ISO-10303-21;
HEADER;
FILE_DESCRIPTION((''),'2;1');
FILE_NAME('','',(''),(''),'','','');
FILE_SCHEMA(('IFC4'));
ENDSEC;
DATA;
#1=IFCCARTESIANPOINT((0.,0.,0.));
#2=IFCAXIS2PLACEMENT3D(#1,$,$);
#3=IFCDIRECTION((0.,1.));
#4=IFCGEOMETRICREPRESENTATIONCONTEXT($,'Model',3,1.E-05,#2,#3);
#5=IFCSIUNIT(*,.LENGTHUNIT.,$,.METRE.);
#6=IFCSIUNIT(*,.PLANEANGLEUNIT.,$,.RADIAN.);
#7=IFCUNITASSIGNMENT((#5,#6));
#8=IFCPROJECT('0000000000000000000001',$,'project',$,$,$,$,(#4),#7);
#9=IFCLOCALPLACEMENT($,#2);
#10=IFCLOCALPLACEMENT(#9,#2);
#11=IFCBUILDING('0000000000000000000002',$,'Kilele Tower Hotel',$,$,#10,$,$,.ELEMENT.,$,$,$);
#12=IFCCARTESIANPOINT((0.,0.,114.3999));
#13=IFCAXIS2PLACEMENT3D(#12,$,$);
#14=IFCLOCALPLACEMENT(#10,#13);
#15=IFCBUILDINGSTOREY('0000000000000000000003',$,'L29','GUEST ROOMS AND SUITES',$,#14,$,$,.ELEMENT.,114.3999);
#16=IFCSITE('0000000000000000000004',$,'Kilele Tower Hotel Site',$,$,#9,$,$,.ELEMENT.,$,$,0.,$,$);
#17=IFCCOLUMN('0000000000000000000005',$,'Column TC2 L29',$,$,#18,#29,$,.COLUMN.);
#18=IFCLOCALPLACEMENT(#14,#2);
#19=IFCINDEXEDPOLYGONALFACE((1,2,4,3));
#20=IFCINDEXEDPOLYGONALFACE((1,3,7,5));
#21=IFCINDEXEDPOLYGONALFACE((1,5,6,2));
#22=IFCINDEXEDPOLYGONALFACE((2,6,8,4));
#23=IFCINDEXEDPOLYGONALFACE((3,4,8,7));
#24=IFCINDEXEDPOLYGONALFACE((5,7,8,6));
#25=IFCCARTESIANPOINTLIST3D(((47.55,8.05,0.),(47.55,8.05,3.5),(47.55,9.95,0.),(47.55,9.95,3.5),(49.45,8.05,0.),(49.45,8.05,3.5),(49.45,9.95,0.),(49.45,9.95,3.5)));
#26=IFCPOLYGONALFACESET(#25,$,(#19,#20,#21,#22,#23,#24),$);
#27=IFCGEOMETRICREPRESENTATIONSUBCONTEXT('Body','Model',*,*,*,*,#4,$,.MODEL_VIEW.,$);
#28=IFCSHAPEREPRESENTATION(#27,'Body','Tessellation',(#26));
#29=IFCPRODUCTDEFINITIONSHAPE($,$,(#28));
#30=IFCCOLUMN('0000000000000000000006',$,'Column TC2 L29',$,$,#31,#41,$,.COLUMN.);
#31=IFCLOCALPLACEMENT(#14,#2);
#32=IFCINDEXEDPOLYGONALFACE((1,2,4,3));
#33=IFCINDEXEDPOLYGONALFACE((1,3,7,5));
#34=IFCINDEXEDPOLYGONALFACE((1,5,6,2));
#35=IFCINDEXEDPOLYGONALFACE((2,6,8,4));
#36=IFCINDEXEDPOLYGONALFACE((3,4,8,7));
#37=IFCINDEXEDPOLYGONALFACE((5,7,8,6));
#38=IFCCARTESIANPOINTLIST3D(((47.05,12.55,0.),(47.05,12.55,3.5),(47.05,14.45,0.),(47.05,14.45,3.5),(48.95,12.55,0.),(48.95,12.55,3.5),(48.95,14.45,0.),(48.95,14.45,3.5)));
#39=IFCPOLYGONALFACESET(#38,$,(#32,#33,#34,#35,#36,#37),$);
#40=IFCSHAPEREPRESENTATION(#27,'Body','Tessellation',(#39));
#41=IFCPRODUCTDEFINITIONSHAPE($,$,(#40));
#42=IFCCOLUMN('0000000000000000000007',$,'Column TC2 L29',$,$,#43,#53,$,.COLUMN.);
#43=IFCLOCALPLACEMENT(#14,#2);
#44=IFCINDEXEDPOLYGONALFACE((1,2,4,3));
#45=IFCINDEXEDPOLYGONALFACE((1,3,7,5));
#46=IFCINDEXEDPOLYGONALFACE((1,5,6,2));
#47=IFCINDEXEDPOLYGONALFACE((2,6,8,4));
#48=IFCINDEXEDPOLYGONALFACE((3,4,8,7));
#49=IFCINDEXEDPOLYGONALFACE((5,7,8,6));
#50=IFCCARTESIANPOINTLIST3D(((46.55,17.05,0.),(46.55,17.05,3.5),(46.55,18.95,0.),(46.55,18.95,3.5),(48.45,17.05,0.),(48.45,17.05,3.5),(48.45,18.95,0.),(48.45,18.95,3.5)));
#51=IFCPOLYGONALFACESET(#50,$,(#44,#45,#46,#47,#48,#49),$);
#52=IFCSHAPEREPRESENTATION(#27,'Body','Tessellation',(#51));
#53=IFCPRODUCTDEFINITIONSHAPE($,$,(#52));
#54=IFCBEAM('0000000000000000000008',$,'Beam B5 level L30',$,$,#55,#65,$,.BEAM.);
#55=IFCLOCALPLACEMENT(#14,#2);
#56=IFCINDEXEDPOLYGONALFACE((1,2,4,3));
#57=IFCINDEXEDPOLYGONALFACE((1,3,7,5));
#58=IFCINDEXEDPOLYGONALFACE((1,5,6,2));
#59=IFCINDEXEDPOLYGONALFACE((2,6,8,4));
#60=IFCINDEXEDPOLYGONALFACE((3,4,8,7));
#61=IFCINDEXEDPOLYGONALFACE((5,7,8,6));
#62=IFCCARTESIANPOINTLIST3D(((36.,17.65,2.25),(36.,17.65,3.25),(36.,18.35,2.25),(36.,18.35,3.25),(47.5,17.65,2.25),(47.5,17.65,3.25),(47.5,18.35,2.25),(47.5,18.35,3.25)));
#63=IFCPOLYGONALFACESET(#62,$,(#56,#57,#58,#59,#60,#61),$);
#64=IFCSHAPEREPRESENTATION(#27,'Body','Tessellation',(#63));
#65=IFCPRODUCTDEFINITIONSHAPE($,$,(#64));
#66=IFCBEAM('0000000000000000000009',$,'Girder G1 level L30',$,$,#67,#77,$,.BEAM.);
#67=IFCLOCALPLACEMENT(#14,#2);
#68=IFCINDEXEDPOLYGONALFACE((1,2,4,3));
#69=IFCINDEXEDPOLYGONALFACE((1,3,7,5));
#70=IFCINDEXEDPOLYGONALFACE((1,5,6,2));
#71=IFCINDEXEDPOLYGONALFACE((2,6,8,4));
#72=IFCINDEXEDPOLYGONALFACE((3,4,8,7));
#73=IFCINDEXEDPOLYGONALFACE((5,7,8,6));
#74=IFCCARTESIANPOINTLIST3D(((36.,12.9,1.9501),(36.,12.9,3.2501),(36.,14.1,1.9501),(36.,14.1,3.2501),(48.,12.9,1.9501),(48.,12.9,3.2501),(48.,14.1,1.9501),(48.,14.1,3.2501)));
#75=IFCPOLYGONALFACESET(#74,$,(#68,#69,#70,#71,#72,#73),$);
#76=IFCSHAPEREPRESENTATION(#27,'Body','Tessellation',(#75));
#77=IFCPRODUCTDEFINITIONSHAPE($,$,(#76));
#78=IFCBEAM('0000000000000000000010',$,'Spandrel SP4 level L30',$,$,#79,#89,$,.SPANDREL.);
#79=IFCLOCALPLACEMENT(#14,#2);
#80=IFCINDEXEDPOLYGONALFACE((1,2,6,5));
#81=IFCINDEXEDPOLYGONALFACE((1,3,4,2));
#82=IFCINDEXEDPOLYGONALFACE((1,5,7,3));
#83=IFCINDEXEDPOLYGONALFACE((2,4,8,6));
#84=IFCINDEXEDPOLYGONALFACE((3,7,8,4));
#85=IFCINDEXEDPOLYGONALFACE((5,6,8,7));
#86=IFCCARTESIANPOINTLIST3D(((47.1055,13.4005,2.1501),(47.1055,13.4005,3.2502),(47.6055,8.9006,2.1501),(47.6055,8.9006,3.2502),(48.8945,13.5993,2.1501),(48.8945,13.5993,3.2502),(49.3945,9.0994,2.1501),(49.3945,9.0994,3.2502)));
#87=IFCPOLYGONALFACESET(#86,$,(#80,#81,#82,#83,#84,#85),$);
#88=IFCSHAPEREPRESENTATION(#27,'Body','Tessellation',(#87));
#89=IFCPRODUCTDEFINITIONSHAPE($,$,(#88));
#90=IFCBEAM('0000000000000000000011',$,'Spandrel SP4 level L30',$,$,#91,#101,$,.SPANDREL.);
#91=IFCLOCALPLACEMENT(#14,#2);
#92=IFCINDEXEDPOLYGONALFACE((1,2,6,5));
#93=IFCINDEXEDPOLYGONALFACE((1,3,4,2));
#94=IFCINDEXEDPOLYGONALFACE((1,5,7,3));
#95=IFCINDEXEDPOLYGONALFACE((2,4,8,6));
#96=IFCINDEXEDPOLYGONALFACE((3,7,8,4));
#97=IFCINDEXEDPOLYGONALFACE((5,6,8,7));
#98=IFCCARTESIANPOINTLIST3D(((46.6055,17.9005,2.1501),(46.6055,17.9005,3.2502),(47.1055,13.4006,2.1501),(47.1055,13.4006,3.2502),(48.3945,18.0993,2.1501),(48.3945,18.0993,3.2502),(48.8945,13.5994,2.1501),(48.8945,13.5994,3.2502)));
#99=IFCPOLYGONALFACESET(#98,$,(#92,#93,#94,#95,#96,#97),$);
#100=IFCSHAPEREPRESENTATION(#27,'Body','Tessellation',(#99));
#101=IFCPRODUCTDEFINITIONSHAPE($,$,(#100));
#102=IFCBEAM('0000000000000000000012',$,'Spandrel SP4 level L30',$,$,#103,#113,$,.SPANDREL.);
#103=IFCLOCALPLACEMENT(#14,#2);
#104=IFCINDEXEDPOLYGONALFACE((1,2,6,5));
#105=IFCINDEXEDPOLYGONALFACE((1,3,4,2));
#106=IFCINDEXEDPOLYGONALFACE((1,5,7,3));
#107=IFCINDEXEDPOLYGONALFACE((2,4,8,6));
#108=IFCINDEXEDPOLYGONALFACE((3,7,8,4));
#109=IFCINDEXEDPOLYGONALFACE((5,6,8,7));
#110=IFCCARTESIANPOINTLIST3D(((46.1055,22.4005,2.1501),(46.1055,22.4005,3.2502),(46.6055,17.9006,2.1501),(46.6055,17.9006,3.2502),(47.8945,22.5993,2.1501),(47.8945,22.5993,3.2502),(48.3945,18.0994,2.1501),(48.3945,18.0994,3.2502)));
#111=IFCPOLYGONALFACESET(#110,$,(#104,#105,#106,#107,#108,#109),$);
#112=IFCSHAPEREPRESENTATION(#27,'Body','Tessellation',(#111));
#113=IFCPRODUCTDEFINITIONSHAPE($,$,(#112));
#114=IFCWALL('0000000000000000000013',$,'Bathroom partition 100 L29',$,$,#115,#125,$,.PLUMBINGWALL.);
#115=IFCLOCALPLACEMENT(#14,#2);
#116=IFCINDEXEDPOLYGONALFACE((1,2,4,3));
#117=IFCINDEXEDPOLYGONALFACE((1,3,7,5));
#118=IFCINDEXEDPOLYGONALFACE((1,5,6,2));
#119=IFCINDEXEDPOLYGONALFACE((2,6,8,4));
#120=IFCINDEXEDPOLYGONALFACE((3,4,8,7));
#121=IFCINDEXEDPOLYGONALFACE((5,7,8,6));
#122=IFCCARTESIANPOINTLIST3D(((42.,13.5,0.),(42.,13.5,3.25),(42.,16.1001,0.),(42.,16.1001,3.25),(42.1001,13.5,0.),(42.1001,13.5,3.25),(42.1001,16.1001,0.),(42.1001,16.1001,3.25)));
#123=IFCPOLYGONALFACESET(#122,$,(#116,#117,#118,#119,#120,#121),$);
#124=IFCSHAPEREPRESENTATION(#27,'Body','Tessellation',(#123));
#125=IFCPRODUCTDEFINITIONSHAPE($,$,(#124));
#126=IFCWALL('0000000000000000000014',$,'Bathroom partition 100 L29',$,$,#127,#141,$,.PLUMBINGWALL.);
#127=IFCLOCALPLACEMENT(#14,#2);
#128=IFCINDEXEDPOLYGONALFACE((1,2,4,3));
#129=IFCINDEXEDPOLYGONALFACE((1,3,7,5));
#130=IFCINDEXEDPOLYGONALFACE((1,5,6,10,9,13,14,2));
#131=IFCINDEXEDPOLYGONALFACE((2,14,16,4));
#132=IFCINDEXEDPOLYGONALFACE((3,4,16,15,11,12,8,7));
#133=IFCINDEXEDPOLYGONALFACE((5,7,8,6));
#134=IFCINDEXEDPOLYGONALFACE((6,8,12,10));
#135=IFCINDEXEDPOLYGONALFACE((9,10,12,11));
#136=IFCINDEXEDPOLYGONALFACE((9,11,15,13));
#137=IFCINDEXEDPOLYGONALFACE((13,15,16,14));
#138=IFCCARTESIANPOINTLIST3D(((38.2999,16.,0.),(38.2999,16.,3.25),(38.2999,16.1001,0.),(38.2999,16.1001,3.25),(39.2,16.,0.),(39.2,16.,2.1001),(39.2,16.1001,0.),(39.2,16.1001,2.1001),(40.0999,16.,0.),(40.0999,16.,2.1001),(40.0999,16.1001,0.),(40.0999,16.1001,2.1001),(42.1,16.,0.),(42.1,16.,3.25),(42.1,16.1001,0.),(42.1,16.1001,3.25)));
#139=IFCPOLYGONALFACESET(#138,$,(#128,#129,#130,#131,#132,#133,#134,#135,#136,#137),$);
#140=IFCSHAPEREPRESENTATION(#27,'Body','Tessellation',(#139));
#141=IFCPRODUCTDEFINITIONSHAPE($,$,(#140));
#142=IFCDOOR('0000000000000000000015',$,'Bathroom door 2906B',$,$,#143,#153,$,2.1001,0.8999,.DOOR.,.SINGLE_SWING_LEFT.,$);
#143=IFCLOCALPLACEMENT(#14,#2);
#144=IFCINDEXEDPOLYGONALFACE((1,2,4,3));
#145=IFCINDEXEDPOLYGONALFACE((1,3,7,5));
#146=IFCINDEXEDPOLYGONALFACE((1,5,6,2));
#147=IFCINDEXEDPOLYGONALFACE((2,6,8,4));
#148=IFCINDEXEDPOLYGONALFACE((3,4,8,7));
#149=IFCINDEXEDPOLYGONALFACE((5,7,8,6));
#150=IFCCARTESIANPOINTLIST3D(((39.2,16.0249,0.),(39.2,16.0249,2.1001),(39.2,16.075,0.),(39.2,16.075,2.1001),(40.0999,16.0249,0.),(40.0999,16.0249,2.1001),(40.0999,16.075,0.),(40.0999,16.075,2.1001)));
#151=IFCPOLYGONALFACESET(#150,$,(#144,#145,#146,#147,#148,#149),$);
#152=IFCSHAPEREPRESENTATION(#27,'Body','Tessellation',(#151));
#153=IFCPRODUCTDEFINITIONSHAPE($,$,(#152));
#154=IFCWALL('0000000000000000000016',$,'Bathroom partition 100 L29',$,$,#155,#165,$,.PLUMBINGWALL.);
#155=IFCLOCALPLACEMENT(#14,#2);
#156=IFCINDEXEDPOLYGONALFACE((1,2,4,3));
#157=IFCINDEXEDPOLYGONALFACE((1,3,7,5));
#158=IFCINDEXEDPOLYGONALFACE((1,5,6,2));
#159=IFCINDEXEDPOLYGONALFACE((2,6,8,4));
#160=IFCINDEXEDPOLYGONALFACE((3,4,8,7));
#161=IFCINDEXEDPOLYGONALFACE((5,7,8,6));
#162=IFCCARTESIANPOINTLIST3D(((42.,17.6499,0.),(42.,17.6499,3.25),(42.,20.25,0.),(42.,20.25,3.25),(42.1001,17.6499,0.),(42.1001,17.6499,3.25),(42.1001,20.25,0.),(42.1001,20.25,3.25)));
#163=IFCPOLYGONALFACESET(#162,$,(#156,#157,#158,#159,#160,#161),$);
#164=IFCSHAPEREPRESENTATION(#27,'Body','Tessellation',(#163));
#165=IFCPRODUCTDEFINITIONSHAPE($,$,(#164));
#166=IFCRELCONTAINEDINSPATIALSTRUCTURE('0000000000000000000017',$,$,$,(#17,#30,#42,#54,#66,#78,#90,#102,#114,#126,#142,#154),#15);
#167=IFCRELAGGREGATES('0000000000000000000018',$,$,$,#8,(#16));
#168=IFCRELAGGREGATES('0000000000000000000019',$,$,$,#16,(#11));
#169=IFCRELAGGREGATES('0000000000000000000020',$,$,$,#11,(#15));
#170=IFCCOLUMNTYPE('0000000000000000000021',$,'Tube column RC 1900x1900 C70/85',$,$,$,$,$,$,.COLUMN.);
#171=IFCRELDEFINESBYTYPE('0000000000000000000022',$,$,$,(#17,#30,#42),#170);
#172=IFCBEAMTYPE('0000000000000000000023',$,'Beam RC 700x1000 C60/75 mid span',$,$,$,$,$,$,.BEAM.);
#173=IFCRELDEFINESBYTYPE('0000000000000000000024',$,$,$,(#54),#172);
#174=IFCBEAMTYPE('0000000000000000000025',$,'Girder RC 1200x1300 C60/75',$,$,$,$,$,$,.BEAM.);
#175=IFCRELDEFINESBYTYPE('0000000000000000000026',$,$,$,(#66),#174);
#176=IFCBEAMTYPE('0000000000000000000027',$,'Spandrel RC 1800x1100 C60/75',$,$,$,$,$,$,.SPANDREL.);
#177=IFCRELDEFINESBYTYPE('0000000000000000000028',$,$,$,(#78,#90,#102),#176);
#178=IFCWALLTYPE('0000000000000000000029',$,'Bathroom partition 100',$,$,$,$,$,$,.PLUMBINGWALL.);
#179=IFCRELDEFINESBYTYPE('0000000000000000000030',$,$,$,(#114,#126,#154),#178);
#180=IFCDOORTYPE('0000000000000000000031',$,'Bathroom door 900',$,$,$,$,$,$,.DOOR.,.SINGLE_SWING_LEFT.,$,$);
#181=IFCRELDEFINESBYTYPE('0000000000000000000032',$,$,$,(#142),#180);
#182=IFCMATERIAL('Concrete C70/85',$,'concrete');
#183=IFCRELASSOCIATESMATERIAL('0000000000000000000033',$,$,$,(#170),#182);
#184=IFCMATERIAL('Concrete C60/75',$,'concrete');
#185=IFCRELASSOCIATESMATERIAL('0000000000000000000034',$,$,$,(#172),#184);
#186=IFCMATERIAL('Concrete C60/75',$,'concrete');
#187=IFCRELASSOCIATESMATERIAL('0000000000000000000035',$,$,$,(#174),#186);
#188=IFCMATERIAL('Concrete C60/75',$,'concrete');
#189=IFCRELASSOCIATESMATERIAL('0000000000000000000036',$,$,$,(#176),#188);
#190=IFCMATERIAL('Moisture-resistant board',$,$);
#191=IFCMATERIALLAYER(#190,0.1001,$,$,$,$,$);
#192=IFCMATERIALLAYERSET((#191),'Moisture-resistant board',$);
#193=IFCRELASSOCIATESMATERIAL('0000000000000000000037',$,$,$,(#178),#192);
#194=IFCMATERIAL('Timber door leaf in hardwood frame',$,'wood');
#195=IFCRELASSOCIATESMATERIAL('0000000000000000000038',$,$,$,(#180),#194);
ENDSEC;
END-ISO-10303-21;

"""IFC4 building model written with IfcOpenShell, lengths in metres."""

from ifc_helpers import new_model, si_unit, direction, frame, frame_2d, origin, origin_2d, place, context, subcontext, project, spatial, rectangle, extrude, material, layer, layer_set, material_profile, profile_set, type_object, element, fill, save


model = new_model("IFC4")

# Units and contexts
model_context = context("Model", 3, precision=1e-05, world=origin(), true_north=direction((0.0, 1.0)))
body_context = subcontext(model_context, "Body", "Model", "MODEL_VIEW")
ifc_project = project(units=[si_unit("LENGTHUNIT", "METRE"), si_unit("PLANEANGLEUNIT", "RADIAN")], contexts=[model_context])

# Site, building, storey
site_placement = place(None, origin())
site = spatial("IfcSite", under=ifc_project, at=site_placement, Name="Kilele Tower Hotel Site", CompositionType="ELEMENT", RefElevation=0.0)
building_placement = place(site_placement, origin())
building = spatial("IfcBuilding", under=site, at=building_placement, Name="Kilele Tower Hotel", CompositionType="ELEMENT")
storey_placement = place(building_placement, frame((0.0, 0.0, 114.3999)))
storey = spatial("IfcBuildingStorey", under=building, at=storey_placement, Name="L29", Description="GUEST ROOMS AND SUITES", CompositionType="ELEMENT", Elevation=114.3999)

# Columns
ifc_material_1 = material(Name="Concrete C70/85", Category="concrete")
ifc_material_profile_1 = material_profile(ifc_material_1, rectangle(XDim=1.8999, YDim=1.8999, at=origin_2d()))
ifc_profile_set_1 = profile_set([ifc_material_profile_1], Name="Concrete C70/85")
column_type = type_object("IfcColumnType", Name="Tube column RC 1900x1900 C70/85", PredefinedType="COLUMN", material=ifc_profile_set_1)
for number, where, z_axis, x_axis, name in (
    (1, (48.5, 9.0, 0.0), (0.0, 0.0, 1.0), (1.0, 0.0, 0.0), "Column TC2 L29"),
    (2, (48.0, 13.5, 0.0), (0.0, 0.0, 1.0), (1.0, 0.0, 0.0), "Column TC2 L29"),
    (3, (47.5, 18.0, 0.0), (0.0, 0.0, 1.0), (1.0, 0.0, 0.0), "Column TC2 L29"),
):
    element("IfcColumn", number, at=place(storey_placement, frame(where, z_axis=z_axis, x_axis=x_axis)), inside=storey, type_object=column_type, Name=name, PredefinedType="COLUMN", context=body_context, shape_type="SweptSolid", body=[
        extrude(rectangle(XDim=1.8999, YDim=1.8999, at=origin_2d()), origin(), (0.0, 0.0, 1.0), 3.5),
    ])

# Beams
ifc_material_2 = material(Name="Concrete C60/75", Category="concrete")
ifc_material_profile_2 = material_profile(ifc_material_2, rectangle(XDim=0.7, YDim=1.0, at=origin_2d()))
ifc_profile_set_2 = profile_set([ifc_material_profile_2], Name="Concrete C60/75")
beam_type_1 = type_object("IfcBeamType", Name="Beam RC 700x1000 C60/75 mid span", PredefinedType="BEAM", material=ifc_profile_set_2)
beam_1_placement = place(storey_placement, frame((47.5, 18.0, 2.75), z_axis=(-1.0, 0.0, 0.0), x_axis=(0.0, -1.0, 0.0)))
element("IfcBeam", 4, at=beam_1_placement, inside=storey, type_object=beam_type_1, Name="Beam B5 level L30", PredefinedType="BEAM", context=body_context, shape_type="SweptSolid", body=[
    extrude(rectangle(XDim=0.7, YDim=1.0, at=origin_2d()), origin(), (0.0, 0.0, 1.0), 11.5),
])
ifc_material_3 = material(Name="Concrete C60/75", Category="concrete")
ifc_material_profile_3 = material_profile(ifc_material_3, rectangle(XDim=1.2, YDim=1.3, at=origin_2d()))
ifc_profile_set_3 = profile_set([ifc_material_profile_3], Name="Concrete C60/75")
beam_type_2 = type_object("IfcBeamType", Name="Girder RC 1200x1300 C60/75", PredefinedType="BEAM", material=ifc_profile_set_3)
beam_2_placement = place(storey_placement, frame((48.0, 13.5, 2.6001), z_axis=(-1.0, 0.0, 0.0), x_axis=(0.0, -1.0, 0.0)))
element("IfcBeam", 5, at=beam_2_placement, inside=storey, type_object=beam_type_2, Name="Girder G1 level L30", PredefinedType="BEAM", context=body_context, shape_type="SweptSolid", body=[
    extrude(rectangle(XDim=1.2, YDim=1.3, at=origin_2d()), origin(), (0.0, 0.0, 1.0), 12.0),
])
ifc_material_4 = material(Name="Concrete C60/75", Category="concrete")
ifc_material_profile_4 = material_profile(ifc_material_4, rectangle(XDim=1.8, YDim=1.1001, at=origin_2d()))
ifc_profile_set_4 = profile_set([ifc_material_profile_4], Name="Concrete C60/75")
beam_type_3 = type_object("IfcBeamType", Name="Spandrel RC 1800x1100 C60/75", PredefinedType="SPANDREL", material=ifc_profile_set_4)
for number, where, z_axis, x_axis, name in (
    (6, (48.5, 9.0, 2.7002), (-0.110432, 0.993884, 0.0), (-0.993884, -0.110432, 0.0), "Spandrel SP4 level L30"),
    (7, (48.0, 13.5, 2.7002), (-0.110432, 0.993884, 0.0), (-0.993884, -0.110432, 0.0), "Spandrel SP4 level L30"),
    (8, (47.5, 18.0, 2.7002), (-0.110432, 0.993884, 0.0), (-0.993884, -0.110432, 0.0), "Spandrel SP4 level L30"),
):
    element("IfcBeam", number, at=place(storey_placement, frame(where, z_axis=z_axis, x_axis=x_axis)), inside=storey, type_object=beam_type_3, Name=name, PredefinedType="SPANDREL", context=body_context, shape_type="SweptSolid", body=[
        extrude(rectangle(XDim=1.8, YDim=1.1001, at=origin_2d()), origin(), (0.0, 0.0, 1.0), 4.5276),
    ])

# Wall
ifc_material_5 = material(Name="Moisture-resistant board")
ifc_layer_1 = layer(ifc_material_5, 0.1001)
ifc_layer_set_1 = layer_set([ifc_layer_1], Name="Moisture-resistant board")
wall_type_1 = type_object("IfcWallType", Name="Bathroom partition 100", PredefinedType="PLUMBINGWALL", material=ifc_layer_set_1)
wall_1_placement = place(storey_placement, frame((42.05, 13.5, 0.0), z_axis=(0.0, 0.0, 1.0), x_axis=(0.0, 1.0, 0.0)))
element("IfcWall", 9, at=wall_1_placement, inside=storey, type_object=wall_type_1, Name="Bathroom partition 100 L29", PredefinedType="PLUMBINGWALL", context=body_context, shape_type="SweptSolid", body=[
    extrude(rectangle(XDim=2.6001, YDim=0.1001, at=frame_2d((1.3, 0.0))), origin(), (0.0, 0.0, 1.0), 3.25),
])

# Wall, opening, door
wall_2_placement = place(storey_placement, frame((38.3, 16.05, 0.0), z_axis=(0.0, 0.0, 1.0), x_axis=(1.0, 0.0, 0.0)))
wall_2 = element("IfcWall", 10, at=wall_2_placement, inside=storey, type_object=wall_type_1, Name="Bathroom partition 100 L29", PredefinedType="PLUMBINGWALL", context=body_context, shape_type="SweptSolid", body=[
    extrude(rectangle(XDim=3.8, YDim=0.1001, at=frame_2d((1.8999, 0.0))), origin(), (0.0, 0.0, 1.0), 3.25),
])
opening_1_placement = place(wall_2_placement, frame((0.8999, 0.0, 0.0)))
opening_1 = element("IfcOpeningElement", 11, at=opening_1_placement, cuts=wall_2, PredefinedType="OPENING", context=body_context, shape_type="SweptSolid", body=[
    extrude(rectangle(XDim=0.8999, YDim=2.1001, at=frame_2d((0.45, 1.05))), frame((0.0, 0.0601, 0.0), z_axis=(0.0, -1.0, 0.0), x_axis=(1.0, 0.0, 0.0)), (0.0, 0.0, 1.0), 0.1201),
])
ifc_material_6 = material(Name="Timber door leaf in hardwood frame", Category="wood")
door_type_1 = type_object("IfcDoorType", Name="Bathroom door 900", OperationType="SINGLE_SWING_LEFT", PredefinedType="DOOR", material=ifc_material_6)
door_1_placement = place(opening_1_placement, origin())
door_1 = element("IfcDoor", 12, at=door_1_placement, inside=storey, type_object=door_type_1, Name="Bathroom door 2906B", OperationType="SINGLE_SWING_LEFT", OverallHeight=2.1001, OverallWidth=0.8999, PredefinedType="DOOR", context=body_context, shape_type="SweptSolid", body=[
    extrude(rectangle(XDim=0.8999, YDim=2.1001, at=frame_2d((0.45, 1.05))), frame((0.0, 0.0249, 0.0), z_axis=(0.0, -1.0, 0.0), x_axis=(1.0, 0.0, 0.0)), (0.0, 0.0, 1.0), 0.05),
])
fill(opening_1, door_1)

# Wall
wall_3_placement = place(storey_placement, frame((42.05, 17.6499, 0.0), z_axis=(0.0, 0.0, 1.0), x_axis=(0.0, 1.0, 0.0)))
element("IfcWall", 13, at=wall_3_placement, inside=storey, type_object=wall_type_1, Name="Bathroom partition 100 L29", PredefinedType="PLUMBINGWALL", context=body_context, shape_type="SweptSolid", body=[
    extrude(rectangle(XDim=2.6001, YDim=0.1001, at=frame_2d((1.3, 0.0))), origin(), (0.0, 0.0, 1.0), 3.25),
])

save(model, "model.ifc")
